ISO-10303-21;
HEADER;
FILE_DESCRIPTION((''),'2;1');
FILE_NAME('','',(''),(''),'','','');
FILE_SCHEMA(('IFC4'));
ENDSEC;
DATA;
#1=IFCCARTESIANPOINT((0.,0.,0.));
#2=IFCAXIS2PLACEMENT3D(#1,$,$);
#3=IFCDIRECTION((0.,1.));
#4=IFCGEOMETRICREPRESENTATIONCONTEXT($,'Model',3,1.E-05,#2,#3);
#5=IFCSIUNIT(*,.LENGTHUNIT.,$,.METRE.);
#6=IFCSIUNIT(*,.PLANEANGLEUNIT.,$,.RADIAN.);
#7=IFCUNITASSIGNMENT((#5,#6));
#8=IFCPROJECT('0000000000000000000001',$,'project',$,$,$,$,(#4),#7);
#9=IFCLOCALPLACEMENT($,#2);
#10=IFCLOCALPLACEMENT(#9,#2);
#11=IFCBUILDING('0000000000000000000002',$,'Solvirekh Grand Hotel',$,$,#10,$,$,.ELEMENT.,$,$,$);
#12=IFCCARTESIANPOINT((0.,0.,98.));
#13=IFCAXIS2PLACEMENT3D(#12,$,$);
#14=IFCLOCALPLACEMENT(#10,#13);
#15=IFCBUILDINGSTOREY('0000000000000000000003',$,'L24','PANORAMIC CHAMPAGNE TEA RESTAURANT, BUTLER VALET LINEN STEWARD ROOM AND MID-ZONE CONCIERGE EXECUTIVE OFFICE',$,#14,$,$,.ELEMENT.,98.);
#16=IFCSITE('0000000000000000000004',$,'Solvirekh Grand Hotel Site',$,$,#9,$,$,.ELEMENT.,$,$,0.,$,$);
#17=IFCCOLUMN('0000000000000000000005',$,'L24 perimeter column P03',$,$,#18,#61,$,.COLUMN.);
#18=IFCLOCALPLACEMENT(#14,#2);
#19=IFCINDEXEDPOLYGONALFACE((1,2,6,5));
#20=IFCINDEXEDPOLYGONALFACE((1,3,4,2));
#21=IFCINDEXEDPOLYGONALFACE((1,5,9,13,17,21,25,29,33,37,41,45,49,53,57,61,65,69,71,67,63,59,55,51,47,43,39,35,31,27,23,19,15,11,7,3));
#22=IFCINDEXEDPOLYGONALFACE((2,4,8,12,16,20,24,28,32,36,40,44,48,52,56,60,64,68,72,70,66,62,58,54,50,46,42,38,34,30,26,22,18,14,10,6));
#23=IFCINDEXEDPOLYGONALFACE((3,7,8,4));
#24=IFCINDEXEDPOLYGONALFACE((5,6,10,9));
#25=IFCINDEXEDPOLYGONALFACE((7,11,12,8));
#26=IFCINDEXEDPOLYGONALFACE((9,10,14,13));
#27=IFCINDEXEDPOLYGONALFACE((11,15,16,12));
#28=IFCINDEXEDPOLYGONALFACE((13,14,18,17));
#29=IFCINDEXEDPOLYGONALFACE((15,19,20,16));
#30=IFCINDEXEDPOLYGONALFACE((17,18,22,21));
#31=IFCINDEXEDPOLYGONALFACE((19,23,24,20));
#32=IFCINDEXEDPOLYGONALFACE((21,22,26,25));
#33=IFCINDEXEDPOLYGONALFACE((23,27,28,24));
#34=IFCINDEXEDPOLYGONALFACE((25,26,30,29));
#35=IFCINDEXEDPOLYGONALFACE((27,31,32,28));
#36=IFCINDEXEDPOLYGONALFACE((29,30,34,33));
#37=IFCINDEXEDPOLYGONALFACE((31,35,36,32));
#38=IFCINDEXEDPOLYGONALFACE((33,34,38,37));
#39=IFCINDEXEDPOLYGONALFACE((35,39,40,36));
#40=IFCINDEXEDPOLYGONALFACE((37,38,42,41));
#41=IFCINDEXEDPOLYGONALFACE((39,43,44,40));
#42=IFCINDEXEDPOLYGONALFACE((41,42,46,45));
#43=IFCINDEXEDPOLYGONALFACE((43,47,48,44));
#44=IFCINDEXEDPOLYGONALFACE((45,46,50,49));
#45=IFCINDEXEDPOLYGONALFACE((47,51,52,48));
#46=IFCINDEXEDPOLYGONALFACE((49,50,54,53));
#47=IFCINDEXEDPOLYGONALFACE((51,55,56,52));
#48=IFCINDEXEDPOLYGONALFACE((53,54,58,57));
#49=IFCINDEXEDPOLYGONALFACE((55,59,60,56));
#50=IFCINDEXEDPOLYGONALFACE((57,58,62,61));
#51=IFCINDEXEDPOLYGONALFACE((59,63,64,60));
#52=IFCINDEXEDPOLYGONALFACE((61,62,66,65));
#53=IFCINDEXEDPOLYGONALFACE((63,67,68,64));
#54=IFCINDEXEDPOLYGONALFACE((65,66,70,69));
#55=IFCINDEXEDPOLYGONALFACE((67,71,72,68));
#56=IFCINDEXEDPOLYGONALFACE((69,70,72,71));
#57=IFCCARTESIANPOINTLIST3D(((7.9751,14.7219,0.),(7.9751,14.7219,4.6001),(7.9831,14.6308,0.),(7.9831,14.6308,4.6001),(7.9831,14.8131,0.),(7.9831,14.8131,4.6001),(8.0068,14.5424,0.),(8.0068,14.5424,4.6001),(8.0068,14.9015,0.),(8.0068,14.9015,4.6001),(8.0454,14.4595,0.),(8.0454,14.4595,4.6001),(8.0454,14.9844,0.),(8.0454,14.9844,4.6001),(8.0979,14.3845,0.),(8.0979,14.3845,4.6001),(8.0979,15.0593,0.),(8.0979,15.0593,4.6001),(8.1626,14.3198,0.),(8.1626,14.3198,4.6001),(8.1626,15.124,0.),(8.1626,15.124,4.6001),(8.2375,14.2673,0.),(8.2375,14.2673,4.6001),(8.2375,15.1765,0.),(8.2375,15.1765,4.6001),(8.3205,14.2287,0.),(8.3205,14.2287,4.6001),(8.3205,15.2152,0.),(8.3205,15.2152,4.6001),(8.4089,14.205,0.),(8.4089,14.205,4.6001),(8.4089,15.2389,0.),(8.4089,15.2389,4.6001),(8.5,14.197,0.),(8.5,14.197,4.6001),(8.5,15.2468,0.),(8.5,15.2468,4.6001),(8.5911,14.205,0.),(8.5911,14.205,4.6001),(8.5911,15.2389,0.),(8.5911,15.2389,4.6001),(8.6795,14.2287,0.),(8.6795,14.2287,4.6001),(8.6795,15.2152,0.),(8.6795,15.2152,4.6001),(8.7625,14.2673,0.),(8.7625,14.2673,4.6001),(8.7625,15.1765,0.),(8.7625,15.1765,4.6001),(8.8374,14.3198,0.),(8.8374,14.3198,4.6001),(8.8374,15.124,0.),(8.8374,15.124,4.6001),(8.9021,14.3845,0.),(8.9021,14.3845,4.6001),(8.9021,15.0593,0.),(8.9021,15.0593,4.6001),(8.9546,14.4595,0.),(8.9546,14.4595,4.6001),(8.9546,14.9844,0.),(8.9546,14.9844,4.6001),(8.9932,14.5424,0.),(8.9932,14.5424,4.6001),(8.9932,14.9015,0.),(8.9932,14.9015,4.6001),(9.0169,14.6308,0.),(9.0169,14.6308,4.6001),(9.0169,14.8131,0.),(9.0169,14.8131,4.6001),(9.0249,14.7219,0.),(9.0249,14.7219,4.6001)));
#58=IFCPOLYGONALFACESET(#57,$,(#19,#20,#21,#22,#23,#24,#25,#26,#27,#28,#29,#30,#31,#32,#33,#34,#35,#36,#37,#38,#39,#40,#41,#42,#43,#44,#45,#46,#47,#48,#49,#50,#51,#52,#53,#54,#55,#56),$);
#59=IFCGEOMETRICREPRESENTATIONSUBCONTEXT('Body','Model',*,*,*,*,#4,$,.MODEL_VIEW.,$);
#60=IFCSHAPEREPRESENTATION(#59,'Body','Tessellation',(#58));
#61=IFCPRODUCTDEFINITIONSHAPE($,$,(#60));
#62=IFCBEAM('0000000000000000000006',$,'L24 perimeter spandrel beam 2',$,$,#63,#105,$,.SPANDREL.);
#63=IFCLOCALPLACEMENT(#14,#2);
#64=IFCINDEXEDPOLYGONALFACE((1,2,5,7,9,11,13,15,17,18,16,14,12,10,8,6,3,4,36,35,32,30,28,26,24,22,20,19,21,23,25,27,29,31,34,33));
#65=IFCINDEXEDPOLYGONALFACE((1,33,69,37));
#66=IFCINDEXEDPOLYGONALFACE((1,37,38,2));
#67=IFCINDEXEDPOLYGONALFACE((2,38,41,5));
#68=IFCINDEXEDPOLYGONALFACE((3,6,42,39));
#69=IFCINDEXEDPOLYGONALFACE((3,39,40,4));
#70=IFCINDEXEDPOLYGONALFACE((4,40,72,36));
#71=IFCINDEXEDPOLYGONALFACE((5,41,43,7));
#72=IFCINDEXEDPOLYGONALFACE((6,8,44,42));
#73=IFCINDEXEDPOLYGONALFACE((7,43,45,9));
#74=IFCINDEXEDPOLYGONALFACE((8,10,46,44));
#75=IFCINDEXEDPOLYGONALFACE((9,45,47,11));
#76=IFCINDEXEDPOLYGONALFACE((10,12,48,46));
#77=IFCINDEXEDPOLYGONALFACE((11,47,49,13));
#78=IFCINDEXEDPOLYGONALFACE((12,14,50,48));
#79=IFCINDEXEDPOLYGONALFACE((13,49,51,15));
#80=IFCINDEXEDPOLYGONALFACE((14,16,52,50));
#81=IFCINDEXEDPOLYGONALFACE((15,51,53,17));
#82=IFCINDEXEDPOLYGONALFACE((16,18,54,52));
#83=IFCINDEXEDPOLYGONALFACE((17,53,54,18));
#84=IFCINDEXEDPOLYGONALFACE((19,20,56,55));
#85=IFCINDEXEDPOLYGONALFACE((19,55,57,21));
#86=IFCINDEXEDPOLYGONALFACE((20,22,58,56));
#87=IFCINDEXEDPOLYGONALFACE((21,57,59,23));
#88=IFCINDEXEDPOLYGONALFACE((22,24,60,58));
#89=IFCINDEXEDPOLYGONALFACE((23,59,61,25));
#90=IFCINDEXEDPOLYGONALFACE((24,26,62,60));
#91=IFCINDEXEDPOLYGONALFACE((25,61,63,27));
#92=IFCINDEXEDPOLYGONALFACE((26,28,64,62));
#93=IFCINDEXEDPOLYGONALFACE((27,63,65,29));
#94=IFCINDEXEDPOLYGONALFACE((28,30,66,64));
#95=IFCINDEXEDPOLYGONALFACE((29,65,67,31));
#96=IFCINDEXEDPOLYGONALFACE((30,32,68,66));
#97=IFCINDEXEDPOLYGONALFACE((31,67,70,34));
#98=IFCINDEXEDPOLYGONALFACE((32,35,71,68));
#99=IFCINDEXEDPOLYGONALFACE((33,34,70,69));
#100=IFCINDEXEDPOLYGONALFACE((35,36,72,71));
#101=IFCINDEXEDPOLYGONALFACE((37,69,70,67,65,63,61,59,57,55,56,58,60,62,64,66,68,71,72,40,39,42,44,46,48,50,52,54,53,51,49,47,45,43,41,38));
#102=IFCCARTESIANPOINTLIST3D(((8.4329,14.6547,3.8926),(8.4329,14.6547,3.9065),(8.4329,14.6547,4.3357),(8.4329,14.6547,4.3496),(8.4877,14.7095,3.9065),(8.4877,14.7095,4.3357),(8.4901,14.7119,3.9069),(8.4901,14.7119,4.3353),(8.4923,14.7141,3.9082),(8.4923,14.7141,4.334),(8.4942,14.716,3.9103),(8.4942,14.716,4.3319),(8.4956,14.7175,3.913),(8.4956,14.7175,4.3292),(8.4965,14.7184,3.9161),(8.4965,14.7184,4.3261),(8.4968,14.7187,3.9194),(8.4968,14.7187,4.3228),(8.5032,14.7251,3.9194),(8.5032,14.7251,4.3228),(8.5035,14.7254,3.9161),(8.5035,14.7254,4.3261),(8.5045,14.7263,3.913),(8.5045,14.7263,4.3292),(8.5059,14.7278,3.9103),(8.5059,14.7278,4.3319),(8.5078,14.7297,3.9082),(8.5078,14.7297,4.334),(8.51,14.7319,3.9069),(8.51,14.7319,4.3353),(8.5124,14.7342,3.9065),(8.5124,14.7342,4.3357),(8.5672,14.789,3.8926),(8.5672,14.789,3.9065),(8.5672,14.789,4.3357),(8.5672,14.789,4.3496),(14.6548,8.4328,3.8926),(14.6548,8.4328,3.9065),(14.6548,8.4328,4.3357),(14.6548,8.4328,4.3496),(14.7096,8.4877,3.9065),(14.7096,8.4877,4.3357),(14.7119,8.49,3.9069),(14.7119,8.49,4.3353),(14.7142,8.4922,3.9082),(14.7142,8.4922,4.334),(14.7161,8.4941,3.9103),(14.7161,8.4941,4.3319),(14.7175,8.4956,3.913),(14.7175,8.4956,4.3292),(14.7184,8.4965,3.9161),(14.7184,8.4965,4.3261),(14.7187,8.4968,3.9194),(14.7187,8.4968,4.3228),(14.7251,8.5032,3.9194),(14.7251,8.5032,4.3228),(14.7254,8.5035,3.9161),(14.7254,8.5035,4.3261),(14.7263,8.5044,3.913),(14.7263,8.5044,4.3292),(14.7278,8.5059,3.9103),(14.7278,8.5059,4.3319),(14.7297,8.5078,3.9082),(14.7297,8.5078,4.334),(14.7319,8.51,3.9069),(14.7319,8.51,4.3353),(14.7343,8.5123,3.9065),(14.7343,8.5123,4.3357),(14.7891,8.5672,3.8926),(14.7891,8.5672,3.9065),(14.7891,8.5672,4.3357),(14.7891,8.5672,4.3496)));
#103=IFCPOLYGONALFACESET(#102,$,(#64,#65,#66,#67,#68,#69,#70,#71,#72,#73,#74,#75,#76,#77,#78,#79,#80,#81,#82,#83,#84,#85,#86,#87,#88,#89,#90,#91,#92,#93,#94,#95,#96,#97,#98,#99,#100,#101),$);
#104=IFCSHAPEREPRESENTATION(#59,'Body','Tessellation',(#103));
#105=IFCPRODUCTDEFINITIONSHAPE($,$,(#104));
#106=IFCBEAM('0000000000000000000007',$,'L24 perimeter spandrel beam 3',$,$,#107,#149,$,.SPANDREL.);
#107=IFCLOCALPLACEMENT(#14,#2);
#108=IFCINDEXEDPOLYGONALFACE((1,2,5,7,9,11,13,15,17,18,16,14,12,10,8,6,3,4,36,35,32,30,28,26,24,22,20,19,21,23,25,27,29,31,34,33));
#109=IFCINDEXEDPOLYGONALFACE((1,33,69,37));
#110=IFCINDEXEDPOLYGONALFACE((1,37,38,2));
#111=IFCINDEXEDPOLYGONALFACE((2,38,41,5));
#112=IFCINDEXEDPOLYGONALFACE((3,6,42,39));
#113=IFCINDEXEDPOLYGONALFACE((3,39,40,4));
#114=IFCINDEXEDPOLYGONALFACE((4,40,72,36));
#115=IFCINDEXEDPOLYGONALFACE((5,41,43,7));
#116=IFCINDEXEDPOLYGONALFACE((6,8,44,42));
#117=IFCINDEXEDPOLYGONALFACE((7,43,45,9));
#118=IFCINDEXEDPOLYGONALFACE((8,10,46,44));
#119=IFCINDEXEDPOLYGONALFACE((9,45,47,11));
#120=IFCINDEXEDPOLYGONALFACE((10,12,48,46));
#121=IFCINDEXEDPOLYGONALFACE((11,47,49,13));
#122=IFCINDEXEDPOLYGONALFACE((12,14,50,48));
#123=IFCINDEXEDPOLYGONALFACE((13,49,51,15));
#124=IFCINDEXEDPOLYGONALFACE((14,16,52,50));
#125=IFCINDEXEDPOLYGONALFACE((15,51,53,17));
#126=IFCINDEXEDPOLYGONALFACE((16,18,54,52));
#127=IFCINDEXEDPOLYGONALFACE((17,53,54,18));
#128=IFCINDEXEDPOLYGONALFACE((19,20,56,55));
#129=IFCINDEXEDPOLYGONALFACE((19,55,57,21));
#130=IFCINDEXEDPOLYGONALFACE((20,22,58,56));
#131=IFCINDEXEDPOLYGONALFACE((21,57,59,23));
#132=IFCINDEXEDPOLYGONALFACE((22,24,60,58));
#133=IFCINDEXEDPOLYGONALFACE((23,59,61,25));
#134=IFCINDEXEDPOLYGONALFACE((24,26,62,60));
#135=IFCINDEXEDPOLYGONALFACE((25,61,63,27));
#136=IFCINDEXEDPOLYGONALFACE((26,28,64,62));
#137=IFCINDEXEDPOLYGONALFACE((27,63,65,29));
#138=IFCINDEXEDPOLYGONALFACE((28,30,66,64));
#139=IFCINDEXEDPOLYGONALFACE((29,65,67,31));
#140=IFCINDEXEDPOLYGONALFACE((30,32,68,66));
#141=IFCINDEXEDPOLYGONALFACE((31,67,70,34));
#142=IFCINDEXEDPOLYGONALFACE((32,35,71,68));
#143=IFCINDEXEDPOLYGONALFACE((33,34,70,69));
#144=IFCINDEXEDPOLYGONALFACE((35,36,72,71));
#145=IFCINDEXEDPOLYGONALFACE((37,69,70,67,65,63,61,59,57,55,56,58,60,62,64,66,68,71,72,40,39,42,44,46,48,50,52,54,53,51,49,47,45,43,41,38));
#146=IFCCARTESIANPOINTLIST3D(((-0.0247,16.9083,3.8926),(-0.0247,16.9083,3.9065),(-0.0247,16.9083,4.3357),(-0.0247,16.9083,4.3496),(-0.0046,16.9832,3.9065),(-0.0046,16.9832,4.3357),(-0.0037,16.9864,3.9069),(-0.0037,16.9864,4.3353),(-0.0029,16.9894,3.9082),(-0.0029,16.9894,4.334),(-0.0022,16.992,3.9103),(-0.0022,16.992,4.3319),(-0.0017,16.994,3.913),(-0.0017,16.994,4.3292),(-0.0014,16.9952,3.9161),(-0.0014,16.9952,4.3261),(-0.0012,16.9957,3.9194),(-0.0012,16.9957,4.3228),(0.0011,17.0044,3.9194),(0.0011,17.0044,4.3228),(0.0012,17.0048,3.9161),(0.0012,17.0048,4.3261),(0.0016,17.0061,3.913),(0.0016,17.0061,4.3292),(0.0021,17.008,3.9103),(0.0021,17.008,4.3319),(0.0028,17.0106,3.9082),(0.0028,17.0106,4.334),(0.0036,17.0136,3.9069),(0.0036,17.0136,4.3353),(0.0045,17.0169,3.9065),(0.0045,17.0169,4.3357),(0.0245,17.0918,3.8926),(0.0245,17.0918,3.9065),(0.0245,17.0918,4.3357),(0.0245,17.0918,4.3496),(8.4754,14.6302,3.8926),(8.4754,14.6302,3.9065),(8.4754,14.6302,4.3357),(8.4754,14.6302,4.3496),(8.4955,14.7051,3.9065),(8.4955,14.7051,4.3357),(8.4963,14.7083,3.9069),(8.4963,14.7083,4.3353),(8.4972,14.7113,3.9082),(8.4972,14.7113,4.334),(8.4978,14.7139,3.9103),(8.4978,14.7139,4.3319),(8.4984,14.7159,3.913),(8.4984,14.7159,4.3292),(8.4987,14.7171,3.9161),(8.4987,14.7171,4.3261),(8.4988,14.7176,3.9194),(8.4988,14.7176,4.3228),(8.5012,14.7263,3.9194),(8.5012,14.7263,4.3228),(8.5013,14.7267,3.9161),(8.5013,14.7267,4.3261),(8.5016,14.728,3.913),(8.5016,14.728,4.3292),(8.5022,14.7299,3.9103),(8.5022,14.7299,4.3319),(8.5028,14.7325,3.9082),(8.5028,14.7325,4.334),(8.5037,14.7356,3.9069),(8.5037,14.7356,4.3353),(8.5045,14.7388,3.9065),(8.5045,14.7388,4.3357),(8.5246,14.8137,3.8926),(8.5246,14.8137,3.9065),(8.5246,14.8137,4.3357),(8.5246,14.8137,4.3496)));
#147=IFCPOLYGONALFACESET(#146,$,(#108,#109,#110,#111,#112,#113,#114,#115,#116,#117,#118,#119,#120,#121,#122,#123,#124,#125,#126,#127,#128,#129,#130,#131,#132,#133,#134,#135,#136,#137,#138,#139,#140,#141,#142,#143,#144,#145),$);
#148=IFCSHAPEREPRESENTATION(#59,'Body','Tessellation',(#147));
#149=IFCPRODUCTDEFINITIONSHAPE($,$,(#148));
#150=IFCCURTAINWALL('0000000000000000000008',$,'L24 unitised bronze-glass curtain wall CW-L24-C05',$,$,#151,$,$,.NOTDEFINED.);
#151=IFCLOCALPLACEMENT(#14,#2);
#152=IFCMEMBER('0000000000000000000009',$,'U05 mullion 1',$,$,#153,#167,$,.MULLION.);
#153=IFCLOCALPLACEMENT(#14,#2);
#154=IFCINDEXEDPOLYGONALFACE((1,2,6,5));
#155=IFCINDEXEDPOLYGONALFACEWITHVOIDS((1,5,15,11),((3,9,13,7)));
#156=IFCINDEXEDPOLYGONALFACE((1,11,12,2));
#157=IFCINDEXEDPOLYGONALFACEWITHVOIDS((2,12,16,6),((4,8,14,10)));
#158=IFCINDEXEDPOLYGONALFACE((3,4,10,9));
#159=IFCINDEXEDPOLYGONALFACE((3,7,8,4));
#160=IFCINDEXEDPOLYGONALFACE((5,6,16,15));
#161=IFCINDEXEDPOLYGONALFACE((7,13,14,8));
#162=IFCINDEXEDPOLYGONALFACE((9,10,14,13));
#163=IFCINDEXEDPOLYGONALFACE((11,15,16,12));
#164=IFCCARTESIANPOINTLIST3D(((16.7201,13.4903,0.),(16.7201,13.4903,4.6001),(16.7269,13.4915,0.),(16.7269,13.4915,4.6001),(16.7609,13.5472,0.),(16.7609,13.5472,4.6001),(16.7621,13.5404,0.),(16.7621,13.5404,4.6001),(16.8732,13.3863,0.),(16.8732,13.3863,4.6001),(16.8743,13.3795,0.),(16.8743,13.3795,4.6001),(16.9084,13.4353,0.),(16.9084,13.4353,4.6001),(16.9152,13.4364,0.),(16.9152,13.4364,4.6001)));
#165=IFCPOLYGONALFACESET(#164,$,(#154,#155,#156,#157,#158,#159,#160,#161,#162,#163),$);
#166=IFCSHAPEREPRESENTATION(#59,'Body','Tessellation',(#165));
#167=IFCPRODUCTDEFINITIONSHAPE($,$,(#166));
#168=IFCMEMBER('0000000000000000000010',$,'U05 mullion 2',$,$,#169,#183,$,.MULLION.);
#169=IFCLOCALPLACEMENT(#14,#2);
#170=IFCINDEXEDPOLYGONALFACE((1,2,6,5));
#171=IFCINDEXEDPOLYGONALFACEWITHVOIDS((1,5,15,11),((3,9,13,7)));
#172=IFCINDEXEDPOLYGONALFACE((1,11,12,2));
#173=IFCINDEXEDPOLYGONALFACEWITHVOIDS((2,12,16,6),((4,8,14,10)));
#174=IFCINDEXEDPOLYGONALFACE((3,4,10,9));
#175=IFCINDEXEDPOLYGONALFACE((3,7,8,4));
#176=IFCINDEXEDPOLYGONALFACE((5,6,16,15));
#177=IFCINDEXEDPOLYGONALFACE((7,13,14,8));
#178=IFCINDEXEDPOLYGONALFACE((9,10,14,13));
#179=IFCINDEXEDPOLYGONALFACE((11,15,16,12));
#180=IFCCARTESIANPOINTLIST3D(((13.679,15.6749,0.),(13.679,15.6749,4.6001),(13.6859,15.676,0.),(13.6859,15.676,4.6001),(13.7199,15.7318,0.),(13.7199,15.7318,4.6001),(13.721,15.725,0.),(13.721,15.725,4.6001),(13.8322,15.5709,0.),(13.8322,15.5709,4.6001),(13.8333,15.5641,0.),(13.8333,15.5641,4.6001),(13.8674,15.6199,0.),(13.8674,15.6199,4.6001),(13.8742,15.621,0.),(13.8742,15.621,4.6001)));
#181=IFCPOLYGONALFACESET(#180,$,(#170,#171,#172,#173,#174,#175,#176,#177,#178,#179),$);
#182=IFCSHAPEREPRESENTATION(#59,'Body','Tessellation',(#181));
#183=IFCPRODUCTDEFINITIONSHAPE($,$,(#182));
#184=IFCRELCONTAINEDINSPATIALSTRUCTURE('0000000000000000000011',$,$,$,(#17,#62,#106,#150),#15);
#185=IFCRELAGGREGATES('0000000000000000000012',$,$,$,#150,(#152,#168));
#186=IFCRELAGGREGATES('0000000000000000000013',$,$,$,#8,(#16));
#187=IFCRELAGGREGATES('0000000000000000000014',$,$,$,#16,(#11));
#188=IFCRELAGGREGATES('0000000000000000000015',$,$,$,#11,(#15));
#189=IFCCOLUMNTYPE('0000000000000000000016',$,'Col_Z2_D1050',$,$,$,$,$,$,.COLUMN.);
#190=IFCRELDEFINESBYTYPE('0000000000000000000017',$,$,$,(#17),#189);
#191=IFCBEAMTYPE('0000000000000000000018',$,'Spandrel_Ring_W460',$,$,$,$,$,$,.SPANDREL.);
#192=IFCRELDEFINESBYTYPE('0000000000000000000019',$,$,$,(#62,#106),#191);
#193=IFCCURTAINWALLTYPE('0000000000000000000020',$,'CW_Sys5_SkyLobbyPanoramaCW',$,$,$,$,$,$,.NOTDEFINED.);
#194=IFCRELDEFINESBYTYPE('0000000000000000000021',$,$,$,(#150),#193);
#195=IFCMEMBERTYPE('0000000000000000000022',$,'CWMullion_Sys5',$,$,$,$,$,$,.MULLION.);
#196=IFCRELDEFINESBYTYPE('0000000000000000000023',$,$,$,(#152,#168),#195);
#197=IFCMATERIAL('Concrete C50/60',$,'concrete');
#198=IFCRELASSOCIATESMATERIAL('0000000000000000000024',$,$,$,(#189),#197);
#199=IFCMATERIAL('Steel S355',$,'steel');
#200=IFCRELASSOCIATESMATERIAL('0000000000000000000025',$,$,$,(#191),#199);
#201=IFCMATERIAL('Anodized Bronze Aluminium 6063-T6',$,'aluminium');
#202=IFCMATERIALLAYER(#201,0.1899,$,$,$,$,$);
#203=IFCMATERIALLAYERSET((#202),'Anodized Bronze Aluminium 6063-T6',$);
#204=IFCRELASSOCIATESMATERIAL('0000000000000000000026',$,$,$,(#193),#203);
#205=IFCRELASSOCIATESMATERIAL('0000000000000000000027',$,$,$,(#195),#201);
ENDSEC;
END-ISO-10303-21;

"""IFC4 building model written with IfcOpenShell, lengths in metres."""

from ifc_helpers import new_model, si_unit, direction, frame, origin, origin_2d, place, context, subcontext, project, spatial, hollow_rectangle, circle, i_section, extrude, source, transform, mapped, material, layer, layer_set, material_profile, profile_set, type_object, element, aggregate, save


model = new_model("IFC4")

# Units and contexts
model_context = context("Model", 3, precision=1e-05, world=origin(), true_north=direction((0.0, 1.0)))
body_context = subcontext(model_context, "Body", "Model", "MODEL_VIEW")
ifc_project = project(units=[si_unit("LENGTHUNIT", "METRE"), si_unit("PLANEANGLEUNIT", "RADIAN")], contexts=[model_context])

# Site, building, storey
site_placement = place(None, origin())
site = spatial("IfcSite", under=ifc_project, at=site_placement, Name="Solvirekh Grand Hotel Site", CompositionType="ELEMENT", RefElevation=0.0)
building_placement = place(site_placement, origin())
building = spatial("IfcBuilding", under=site, at=building_placement, Name="Solvirekh Grand Hotel", CompositionType="ELEMENT")
storey_placement = place(building_placement, frame((0.0, 0.0, 98.0)))
storey = spatial("IfcBuildingStorey", under=building, at=storey_placement, Name="L24", Description="PANORAMIC CHAMPAGNE TEA RESTAURANT, BUTLER VALET LINEN STEWARD ROOM AND MID-ZONE CONCIERGE EXECUTIVE OFFICE", CompositionType="ELEMENT", Elevation=98.0)

# Column
ifc_material_1 = material(Name="Concrete C50/60", Category="concrete")
ifc_material_profile_1 = material_profile(ifc_material_1, circle(Radius=0.5249, at=origin_2d()), Name="RC CIRC D1050")
ifc_profile_set_1 = profile_set([ifc_material_profile_1], Name="Concrete C50/60")
column_type = type_object("IfcColumnType", Name="Col_Z2_D1050", PredefinedType="COLUMN", material=ifc_profile_set_1)
column_placement = place(storey_placement, frame((8.5, 14.7219, 0.0), z_axis=(0.0, 0.0, 1.0), x_axis=(1.0, 0.0, 0.0)))
element("IfcColumn", 1, at=column_placement, inside=storey, type_object=column_type, Name="L24 perimeter column P03", PredefinedType="COLUMN", context=body_context, shape_type="SweptSolid", body=[
    extrude(circle(Radius=0.5249, at=origin_2d()), origin(), (0.0, 0.0, 1.0), 4.6001),
])

# Beams
ifc_material_2 = material(Name="Steel S355", Category="steel")
ifc_material_profile_2 = material_profile(ifc_material_2, i_section(OverallWidth=0.1899, OverallDepth=0.457, WebThickness=0.009, FlangeThickness=0.0139, FilletRadius=0.0129, at=origin_2d()), Name="W460X74")
ifc_profile_set_2 = profile_set([ifc_material_profile_2], Name="Steel S355")
beam_type = type_object("IfcBeamType", Name="Spandrel_Ring_W460", PredefinedType="SPANDREL", material=ifc_profile_set_2)
beam_1_placement = place(storey_placement, frame((14.7219, 8.5, 4.1211), z_axis=(-0.707107, 0.707107, 0.0), x_axis=(-0.707107, -0.707107, 0.0)))
element("IfcBeam", 2, at=beam_1_placement, inside=storey, type_object=beam_type, Name="L24 perimeter spandrel beam 2", PredefinedType="SPANDREL", context=body_context, shape_type="SweptSolid", body=[
    extrude(i_section(OverallWidth=0.1899, OverallDepth=0.457, WebThickness=0.009, FlangeThickness=0.0139, FilletRadius=0.0129, at=origin_2d()), origin(), (0.0, 0.0, 1.0), 8.7991),
])
beam_2_placement = place(storey_placement, frame((8.5, 14.7219, 4.1211), z_axis=(-0.965911, 0.258873, 0.0), x_axis=(-0.258873, -0.965911, 0.0)))
element("IfcBeam", 3, at=beam_2_placement, inside=storey, type_object=beam_type, Name="L24 perimeter spandrel beam 3", PredefinedType="SPANDREL", context=body_context, shape_type="SweptSolid", body=[
    extrude(i_section(OverallWidth=0.1899, OverallDepth=0.457, WebThickness=0.009, FlangeThickness=0.0139, FilletRadius=0.0129, at=origin_2d()), origin(), (0.0, 0.0, 1.0), 8.8),
])

# Curtain wall, members
ifc_material_3 = material(Name="Anodized Bronze Aluminium 6063-T6", Category="aluminium")
ifc_layer_1 = layer(ifc_material_3, 0.1899)
ifc_layer_set_1 = layer_set([ifc_layer_1], Name="Anodized Bronze Aluminium 6063-T6")
curtain_wall_type = type_object("IfcCurtainWallType", Name="CW_Sys5_SkyLobbyPanoramaCW", PredefinedType="NOTDEFINED", material=ifc_layer_set_1)
curtain_wall_1_placement = place(storey_placement, origin())
curtain_wall_1 = element("IfcCurtainWall", 4, at=curtain_wall_1_placement, inside=storey, type_object=curtain_wall_type, Name="L24 unitised bronze-glass curtain wall CW-L24-C05", PredefinedType="NOTDEFINED")
ifc_material_profile_3 = material_profile(ifc_material_3, hollow_rectangle(XDim=0.0701, YDim=0.1899, WallThickness=0.0049, at=origin_2d()), Name="ALU RHS 190X70X5")
ifc_profile_set_3 = profile_set([ifc_material_profile_3], Name="Anodized Bronze Aluminium 6063-T6")
member_type_1 = type_object("IfcMemberType", Name="CWMullion_Sys5", PredefinedType="MULLION", material=ifc_profile_set_3)
shared_shape_1 = source(origin(), body_context, "Body", "SweptSolid", [
    extrude(hollow_rectangle(XDim=0.0701, YDim=0.1899, WallThickness=0.0049, at=origin_2d()), origin(), (0.0, 0.0, 1.0), 4.6001),
])
member_1_placement = place(storey_placement, frame((16.8176, 13.4634, 0.0), z_axis=(0.0, 0.0, 1.0), x_axis=(-0.583426, -0.812166, 0.0)))
member_1 = element("IfcMember", 5, at=member_1_placement, type_object=member_type_1, Name="U05 mullion 1", PredefinedType="MULLION", context=body_context, shape_type="MappedRepresentation", body=[
    mapped(shared_shape_1, transform((0.0, 0.0, 0.0), x_axis=(1.0, 0.0, 0.0), y_axis=(0.0, 1.0, 0.0), z_axis=(0.0, 0.0, 1.0), scale=1.0)),
])
member_2_placement = place(storey_placement, frame((13.7766, 15.6479, 0.0), z_axis=(0.0, 0.0, 1.0), x_axis=(-0.583426, -0.812166, 0.0)))
member_2 = element("IfcMember", 6, at=member_2_placement, type_object=member_type_1, Name="U05 mullion 2", PredefinedType="MULLION", context=body_context, shape_type="MappedRepresentation", body=[
    mapped(shared_shape_1, transform((0.0, 0.0, 0.0), x_axis=(1.0, 0.0, 0.0), y_axis=(0.0, 1.0, 0.0), z_axis=(0.0, 0.0, 1.0), scale=1.0)),
])

aggregate(curtain_wall_1, [member_1, member_2])

save(model, "model.ifc")
